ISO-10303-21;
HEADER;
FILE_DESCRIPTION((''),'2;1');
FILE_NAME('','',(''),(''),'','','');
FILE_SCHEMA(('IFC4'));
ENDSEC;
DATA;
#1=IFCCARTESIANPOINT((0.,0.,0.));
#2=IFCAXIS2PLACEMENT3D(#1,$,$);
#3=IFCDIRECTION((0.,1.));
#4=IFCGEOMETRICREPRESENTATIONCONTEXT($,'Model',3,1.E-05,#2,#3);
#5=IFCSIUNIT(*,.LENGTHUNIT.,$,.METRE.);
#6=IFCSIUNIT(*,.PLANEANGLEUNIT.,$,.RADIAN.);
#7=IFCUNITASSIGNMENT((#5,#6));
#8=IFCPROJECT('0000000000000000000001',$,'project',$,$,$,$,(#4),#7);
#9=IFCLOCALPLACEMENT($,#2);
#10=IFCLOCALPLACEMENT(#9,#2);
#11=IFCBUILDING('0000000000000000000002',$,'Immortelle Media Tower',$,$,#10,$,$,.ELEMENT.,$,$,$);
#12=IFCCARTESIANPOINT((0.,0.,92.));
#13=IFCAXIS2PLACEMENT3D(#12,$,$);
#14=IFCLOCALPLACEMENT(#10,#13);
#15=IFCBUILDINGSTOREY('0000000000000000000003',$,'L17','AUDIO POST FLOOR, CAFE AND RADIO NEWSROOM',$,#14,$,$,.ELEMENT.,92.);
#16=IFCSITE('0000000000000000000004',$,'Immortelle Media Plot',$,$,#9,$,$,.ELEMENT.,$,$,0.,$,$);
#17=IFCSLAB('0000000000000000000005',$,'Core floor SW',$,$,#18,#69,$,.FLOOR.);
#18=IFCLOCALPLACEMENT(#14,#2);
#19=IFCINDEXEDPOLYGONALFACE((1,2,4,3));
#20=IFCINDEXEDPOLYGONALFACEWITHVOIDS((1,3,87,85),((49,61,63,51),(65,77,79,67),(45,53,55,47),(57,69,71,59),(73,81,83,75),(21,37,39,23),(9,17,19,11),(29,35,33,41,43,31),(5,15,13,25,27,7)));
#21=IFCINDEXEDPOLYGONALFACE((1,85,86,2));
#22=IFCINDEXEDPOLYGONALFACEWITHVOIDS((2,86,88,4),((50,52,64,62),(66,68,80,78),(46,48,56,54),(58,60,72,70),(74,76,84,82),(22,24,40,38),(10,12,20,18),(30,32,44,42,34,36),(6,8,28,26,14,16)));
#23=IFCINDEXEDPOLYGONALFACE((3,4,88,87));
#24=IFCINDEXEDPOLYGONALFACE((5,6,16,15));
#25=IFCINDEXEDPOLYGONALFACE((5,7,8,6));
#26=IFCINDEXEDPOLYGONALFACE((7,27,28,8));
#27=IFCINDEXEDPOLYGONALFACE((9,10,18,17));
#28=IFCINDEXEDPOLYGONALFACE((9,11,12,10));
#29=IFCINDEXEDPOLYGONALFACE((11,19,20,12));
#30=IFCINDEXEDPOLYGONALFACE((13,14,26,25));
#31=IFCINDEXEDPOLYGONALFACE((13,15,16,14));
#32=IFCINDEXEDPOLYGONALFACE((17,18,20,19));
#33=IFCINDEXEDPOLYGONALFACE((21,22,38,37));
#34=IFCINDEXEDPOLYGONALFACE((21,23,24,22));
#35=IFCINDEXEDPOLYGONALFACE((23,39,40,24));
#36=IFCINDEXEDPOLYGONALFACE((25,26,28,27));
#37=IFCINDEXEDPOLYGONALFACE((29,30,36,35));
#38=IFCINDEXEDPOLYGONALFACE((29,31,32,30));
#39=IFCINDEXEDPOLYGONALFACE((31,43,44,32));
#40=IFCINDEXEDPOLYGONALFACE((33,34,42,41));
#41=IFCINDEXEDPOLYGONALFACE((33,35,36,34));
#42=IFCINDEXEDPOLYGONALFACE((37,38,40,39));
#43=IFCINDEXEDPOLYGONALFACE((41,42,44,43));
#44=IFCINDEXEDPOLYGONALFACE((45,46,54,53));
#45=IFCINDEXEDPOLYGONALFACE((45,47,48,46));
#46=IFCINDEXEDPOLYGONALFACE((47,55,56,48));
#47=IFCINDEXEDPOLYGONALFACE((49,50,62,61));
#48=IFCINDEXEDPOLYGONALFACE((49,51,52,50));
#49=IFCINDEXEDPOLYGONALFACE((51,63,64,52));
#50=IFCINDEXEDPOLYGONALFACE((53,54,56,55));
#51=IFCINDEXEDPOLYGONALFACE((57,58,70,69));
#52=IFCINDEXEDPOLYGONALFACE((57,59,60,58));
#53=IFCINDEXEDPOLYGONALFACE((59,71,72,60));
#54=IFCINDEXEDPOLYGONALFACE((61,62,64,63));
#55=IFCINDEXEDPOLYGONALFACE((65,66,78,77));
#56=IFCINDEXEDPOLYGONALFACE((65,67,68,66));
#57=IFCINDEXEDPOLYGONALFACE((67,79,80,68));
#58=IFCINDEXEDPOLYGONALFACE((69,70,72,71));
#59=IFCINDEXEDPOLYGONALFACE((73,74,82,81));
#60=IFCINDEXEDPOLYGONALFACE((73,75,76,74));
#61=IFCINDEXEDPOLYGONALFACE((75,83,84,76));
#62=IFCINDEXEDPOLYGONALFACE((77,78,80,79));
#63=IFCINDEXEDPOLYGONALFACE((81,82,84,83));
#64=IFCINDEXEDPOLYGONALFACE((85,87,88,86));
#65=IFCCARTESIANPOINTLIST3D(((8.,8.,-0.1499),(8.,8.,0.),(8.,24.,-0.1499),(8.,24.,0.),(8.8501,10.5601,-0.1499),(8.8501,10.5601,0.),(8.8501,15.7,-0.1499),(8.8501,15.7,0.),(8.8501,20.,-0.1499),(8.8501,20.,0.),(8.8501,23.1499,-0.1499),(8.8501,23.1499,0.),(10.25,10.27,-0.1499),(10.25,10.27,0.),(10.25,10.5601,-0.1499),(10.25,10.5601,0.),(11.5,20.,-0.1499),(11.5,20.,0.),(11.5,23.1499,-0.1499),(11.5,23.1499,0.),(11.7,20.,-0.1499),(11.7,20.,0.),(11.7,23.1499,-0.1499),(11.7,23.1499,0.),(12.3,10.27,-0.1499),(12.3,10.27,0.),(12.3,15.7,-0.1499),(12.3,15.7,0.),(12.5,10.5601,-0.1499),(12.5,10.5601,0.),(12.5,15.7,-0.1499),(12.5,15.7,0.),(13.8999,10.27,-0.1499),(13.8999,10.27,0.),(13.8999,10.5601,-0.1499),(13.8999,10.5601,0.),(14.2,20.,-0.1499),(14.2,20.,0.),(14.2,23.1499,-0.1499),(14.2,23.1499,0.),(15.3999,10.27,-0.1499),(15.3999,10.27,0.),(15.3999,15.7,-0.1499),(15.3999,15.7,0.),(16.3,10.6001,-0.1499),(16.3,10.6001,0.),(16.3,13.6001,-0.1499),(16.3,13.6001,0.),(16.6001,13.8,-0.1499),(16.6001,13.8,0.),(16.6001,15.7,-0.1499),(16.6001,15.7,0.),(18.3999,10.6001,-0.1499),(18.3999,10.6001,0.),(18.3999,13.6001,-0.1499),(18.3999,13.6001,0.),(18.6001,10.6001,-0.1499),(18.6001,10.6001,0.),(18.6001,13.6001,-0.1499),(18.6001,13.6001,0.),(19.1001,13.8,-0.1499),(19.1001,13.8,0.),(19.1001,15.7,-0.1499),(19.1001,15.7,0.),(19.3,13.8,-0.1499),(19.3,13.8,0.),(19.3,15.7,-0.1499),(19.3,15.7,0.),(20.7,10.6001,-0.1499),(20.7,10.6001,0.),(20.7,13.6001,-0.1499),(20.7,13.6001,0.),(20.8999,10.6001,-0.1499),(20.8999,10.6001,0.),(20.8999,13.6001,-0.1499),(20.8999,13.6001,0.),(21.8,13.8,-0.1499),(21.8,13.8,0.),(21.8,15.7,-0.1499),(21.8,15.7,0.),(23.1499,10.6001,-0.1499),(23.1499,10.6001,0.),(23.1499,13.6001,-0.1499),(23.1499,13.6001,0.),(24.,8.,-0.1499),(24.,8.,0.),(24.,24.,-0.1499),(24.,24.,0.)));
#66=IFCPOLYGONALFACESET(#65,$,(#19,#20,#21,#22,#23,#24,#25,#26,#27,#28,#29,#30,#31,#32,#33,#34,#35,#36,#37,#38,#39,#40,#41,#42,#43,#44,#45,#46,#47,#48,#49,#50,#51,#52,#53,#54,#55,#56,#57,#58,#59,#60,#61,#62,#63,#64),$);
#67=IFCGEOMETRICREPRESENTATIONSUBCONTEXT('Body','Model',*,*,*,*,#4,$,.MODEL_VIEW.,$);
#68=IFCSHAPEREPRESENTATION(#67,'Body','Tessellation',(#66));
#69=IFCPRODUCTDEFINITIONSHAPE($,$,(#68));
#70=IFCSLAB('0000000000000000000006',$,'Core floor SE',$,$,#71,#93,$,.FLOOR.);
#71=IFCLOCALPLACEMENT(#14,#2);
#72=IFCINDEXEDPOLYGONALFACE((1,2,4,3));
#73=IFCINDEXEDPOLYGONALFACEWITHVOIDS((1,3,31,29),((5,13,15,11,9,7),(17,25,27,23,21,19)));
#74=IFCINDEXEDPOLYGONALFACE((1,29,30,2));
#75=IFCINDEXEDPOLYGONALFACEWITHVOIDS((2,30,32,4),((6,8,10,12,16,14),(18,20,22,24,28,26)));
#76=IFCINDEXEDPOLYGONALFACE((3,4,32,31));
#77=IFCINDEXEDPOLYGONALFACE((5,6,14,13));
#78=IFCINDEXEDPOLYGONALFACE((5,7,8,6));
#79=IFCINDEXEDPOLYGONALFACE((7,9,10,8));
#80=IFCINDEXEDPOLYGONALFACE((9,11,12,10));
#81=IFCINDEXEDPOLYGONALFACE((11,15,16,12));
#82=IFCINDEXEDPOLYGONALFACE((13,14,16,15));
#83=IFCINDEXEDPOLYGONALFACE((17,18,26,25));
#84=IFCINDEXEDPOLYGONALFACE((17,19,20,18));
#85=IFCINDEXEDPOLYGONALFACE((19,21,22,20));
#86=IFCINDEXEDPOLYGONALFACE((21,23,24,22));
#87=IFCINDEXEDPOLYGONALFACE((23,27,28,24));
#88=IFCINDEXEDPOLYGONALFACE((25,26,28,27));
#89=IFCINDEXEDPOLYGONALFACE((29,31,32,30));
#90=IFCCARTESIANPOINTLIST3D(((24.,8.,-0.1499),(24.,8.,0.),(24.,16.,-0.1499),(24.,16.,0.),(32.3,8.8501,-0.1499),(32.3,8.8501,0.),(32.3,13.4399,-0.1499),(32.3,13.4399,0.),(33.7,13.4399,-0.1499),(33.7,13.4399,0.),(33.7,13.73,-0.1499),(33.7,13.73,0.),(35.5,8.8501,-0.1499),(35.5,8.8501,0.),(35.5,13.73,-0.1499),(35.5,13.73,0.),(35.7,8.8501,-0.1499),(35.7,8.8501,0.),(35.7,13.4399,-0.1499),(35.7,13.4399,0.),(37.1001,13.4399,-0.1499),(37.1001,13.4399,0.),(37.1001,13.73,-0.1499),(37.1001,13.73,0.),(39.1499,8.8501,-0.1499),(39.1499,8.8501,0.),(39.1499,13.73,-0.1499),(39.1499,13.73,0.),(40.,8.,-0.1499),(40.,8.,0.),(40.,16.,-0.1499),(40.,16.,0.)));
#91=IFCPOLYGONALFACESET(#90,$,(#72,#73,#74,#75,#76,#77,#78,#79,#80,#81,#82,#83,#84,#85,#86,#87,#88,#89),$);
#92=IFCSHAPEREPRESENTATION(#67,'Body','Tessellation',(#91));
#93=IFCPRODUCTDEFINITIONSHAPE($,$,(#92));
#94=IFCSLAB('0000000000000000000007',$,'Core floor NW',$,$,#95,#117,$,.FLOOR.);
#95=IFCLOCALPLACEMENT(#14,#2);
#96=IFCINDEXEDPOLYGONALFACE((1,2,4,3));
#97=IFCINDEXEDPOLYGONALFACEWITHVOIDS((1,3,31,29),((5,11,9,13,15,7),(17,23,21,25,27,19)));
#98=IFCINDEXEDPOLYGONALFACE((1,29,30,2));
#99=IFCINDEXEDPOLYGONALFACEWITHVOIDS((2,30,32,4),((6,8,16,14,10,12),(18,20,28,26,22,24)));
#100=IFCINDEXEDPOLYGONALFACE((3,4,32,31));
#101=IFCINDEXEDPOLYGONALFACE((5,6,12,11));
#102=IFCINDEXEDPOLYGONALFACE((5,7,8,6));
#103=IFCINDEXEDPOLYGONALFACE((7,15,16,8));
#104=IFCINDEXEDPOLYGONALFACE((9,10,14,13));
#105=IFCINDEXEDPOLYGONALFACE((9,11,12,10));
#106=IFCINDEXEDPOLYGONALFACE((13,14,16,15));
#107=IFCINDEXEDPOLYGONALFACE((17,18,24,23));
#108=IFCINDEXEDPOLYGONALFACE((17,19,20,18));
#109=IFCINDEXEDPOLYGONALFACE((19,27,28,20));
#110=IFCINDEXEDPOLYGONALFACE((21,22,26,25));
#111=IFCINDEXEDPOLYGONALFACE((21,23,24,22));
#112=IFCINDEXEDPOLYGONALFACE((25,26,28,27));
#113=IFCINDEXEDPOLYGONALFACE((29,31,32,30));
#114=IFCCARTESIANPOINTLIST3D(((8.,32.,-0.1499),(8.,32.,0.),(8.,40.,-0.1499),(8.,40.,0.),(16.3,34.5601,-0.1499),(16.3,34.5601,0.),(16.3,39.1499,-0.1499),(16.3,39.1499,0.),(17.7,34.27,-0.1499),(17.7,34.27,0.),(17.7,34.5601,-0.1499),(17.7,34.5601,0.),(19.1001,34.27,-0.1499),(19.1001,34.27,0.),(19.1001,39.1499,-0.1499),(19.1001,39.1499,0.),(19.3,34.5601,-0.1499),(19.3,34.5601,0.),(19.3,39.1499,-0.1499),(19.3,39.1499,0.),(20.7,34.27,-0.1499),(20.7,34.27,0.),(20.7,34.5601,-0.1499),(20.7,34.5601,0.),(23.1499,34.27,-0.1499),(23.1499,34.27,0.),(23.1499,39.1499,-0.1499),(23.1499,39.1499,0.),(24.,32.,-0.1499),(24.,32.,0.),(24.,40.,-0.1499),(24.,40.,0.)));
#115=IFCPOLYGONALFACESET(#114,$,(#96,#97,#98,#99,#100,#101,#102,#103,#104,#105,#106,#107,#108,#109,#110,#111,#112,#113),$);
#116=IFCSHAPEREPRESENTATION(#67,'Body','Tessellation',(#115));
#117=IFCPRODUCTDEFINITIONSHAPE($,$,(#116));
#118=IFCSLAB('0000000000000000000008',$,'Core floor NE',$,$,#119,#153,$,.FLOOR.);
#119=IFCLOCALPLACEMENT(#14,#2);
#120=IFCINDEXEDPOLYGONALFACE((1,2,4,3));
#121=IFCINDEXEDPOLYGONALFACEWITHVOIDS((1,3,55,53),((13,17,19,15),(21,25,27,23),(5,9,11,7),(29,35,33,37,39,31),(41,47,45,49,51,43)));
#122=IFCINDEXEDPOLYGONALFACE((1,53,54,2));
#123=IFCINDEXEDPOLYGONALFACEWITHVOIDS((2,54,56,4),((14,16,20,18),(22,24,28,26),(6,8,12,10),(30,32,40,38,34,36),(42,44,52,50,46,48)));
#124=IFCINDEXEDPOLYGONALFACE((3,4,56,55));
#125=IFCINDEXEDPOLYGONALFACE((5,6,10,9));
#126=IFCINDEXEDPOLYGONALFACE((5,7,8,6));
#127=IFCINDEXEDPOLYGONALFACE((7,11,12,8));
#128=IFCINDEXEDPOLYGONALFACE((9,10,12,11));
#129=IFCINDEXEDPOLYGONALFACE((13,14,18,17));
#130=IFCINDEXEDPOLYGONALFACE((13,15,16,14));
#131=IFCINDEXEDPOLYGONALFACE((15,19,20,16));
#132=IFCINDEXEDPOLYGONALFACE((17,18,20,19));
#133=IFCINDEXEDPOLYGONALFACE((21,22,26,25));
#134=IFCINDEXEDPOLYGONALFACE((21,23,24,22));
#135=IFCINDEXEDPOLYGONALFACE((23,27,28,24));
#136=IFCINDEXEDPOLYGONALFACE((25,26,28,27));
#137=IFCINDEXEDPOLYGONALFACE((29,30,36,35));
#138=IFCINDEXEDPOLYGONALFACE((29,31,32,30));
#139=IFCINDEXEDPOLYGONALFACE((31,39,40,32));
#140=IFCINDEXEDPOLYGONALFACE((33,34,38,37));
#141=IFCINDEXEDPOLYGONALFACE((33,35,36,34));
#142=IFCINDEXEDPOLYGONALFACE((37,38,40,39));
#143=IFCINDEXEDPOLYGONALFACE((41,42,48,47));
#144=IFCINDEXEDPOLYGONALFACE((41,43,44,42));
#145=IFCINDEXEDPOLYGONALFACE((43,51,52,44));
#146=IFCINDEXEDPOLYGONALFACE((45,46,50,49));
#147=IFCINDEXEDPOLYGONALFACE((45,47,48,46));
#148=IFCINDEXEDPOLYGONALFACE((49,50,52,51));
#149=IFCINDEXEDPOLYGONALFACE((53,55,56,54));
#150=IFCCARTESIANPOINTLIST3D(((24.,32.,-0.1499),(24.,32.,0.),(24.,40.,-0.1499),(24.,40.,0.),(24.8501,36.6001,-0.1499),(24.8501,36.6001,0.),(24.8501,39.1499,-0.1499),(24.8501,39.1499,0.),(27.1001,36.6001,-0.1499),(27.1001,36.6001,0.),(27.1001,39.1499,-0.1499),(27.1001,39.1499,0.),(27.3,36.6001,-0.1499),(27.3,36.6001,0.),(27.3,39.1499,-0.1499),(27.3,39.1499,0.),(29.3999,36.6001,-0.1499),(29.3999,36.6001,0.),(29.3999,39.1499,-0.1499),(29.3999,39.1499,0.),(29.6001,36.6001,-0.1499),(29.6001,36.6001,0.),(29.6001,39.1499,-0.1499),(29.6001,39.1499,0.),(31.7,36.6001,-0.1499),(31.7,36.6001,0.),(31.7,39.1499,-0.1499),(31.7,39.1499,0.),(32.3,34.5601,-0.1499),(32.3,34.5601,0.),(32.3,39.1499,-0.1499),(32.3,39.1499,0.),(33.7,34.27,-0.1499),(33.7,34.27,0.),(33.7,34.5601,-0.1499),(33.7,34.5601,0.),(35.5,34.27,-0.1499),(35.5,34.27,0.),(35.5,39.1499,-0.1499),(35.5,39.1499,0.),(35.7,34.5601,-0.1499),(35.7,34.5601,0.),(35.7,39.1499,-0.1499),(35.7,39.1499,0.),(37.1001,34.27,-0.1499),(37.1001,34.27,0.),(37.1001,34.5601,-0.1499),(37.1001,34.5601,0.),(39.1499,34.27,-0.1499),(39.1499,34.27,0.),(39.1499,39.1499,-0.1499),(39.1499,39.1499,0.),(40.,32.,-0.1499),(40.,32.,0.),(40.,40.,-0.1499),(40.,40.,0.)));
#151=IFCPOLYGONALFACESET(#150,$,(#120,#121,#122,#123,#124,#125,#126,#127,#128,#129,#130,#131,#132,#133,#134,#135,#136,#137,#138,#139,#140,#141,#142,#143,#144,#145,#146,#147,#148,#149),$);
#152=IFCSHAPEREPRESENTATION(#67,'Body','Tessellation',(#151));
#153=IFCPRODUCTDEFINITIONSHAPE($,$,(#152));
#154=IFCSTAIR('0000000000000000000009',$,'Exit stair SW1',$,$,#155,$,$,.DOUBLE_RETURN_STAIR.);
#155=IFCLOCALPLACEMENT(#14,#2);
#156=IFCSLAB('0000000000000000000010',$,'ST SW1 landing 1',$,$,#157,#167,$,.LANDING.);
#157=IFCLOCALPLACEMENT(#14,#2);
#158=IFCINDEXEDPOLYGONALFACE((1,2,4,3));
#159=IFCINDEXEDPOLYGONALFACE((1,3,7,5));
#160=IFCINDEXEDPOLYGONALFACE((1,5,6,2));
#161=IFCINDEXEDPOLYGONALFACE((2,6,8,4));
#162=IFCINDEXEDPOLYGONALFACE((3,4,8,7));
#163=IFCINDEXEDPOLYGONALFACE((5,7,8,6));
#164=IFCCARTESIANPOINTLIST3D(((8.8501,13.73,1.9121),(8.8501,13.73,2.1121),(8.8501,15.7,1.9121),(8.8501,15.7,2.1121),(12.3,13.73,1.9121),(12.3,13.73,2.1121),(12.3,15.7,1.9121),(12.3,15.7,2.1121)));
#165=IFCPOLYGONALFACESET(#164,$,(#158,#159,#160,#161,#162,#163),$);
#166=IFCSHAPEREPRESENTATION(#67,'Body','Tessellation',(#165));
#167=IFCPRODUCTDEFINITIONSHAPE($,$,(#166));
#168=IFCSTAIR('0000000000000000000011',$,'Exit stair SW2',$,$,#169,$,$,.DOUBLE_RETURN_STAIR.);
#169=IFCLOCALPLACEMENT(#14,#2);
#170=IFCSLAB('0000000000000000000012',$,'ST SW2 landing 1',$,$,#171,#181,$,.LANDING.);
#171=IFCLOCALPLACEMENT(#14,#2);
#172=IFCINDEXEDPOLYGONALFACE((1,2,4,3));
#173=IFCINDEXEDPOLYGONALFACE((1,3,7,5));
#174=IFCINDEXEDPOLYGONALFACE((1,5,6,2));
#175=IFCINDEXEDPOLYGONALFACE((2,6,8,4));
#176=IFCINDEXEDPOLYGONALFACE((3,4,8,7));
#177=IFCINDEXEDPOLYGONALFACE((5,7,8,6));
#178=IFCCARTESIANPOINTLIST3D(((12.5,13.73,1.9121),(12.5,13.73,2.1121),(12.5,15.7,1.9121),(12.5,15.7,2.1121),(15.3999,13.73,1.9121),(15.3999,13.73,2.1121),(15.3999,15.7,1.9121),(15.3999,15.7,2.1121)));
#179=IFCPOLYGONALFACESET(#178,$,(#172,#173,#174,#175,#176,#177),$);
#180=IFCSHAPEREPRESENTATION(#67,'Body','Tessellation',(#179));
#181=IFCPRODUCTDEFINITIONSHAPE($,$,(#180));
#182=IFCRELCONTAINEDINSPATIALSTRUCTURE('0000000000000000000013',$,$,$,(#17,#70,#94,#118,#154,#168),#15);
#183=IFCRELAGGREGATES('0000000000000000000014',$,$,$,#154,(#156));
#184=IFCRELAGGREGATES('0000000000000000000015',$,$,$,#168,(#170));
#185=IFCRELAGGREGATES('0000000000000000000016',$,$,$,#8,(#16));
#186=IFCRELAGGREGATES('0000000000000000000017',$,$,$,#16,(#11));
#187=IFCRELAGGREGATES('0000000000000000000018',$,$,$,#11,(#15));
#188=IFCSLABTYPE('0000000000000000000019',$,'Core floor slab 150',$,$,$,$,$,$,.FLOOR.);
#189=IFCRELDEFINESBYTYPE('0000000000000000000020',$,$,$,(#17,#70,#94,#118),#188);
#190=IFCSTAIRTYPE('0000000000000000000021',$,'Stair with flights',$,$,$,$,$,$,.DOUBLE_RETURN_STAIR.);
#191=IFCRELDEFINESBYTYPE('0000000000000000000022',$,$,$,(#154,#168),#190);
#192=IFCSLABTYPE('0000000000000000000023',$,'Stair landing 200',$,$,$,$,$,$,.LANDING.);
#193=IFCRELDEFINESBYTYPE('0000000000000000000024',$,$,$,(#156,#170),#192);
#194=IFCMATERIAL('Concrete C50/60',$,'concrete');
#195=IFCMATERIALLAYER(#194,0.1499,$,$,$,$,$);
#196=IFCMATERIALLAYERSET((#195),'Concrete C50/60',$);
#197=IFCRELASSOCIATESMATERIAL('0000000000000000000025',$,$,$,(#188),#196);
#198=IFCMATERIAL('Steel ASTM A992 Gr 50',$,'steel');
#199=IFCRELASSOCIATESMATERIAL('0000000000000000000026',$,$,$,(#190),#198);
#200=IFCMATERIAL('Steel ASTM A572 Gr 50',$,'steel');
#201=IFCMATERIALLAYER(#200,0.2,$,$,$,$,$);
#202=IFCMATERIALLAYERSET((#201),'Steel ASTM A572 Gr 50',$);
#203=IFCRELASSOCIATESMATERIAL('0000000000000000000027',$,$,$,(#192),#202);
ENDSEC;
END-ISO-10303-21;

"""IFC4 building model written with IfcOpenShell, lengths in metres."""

from ifc_helpers import new_model, si_unit, direction, frame, origin, place, context, subcontext, project, spatial, polyline, outline, extrude, material, layer, layer_set, type_object, element, aggregate, save


model = new_model("IFC4")

# Units and contexts
model_context = context("Model", 3, precision=1e-05, world=origin(), true_north=direction((0.0, 1.0)))
body_context = subcontext(model_context, "Body", "Model", "MODEL_VIEW")
ifc_project = project(units=[si_unit("LENGTHUNIT", "METRE"), si_unit("PLANEANGLEUNIT", "RADIAN")], contexts=[model_context])

# Site, building, storey
site_placement = place(None, origin())
site = spatial("IfcSite", under=ifc_project, at=site_placement, Name="Immortelle Media Plot", CompositionType="ELEMENT", RefElevation=0.0)
building_placement = place(site_placement, origin())
building = spatial("IfcBuilding", under=site, at=building_placement, Name="Immortelle Media Tower", CompositionType="ELEMENT")
storey_placement = place(building_placement, frame((0.0, 0.0, 92.0)))
storey = spatial("IfcBuildingStorey", under=building, at=storey_placement, Name="L17", Description="AUDIO POST FLOOR, CAFE AND RADIO NEWSROOM", CompositionType="ELEMENT", Elevation=92.0)

# Slabs
ifc_material_1 = material(Name="Concrete C50/60", Category="concrete")
ifc_layer_1 = layer(ifc_material_1, 0.1499)
ifc_layer_set_1 = layer_set([ifc_layer_1], Name="Concrete C50/60")
slab_type_1 = type_object("IfcSlabType", Name="Core floor slab 150", PredefinedType="FLOOR", material=ifc_layer_set_1)
slab_1_placement = place(storey_placement, frame((0.0, 0.0, -0.1499)))
element("IfcSlab", 1, at=slab_1_placement, inside=storey, type_object=slab_type_1, Name="Core floor SW", PredefinedType="FLOOR", context=body_context, shape_type="SweptSolid", body=[
    extrude(outline(polyline([(8.0, 8.0), (24.0, 8.0), (24.0, 24.0), (8.0, 24.0), (8.0, 8.0)]), holes=[polyline([(8.8501, 20.0), (11.5, 20.0), (11.5, 23.1499), (8.8501, 23.1499), (8.8501, 20.0)]), polyline([(11.7, 20.0), (14.2, 20.0), (14.2, 23.1499), (11.7, 23.1499), (11.7, 20.0)]), polyline([(16.6001, 13.8), (19.1001, 13.8), (19.1001, 15.7), (16.6001, 15.7), (16.6001, 13.8)]), polyline([(19.3, 13.8), (21.8, 13.8), (21.8, 15.7), (19.3, 15.7), (19.3, 13.8)]), polyline([(16.3, 10.6001), (18.3999, 10.6001), (18.3999, 13.6001), (16.3, 13.6001), (16.3, 10.6001)]), polyline([(18.6001, 10.6001), (20.7, 10.6001), (20.7, 13.6001), (18.6001, 13.6001), (18.6001, 10.6001)]), polyline([(20.8999, 10.6001), (23.1499, 10.6001), (23.1499, 13.6001), (20.8999, 13.6001), (20.8999, 10.6001)]), polyline([(8.8501, 15.7), (12.3, 15.7), (12.3, 10.27), (10.25, 10.27), (10.25, 10.5601), (8.8501, 10.5601), (8.8501, 15.7)]), polyline([(12.5, 15.7), (15.3999, 15.7), (15.3999, 10.27), (13.8999, 10.27), (13.8999, 10.5601), (12.5, 10.5601), (12.5, 15.7)])]), origin(), (0.0, 0.0, 1.0), 0.1499),
])
slab_2_placement = place(storey_placement, frame((0.0, 0.0, -0.1499)))
element("IfcSlab", 2, at=slab_2_placement, inside=storey, type_object=slab_type_1, Name="Core floor SE", PredefinedType="FLOOR", context=body_context, shape_type="SweptSolid", body=[
    extrude(outline(polyline([(24.0, 8.0), (40.0, 8.0), (40.0, 16.0), (24.0, 16.0), (24.0, 8.0)]), holes=[polyline([(35.5, 13.73), (35.5, 8.8501), (32.3, 8.8501), (32.3, 13.4399), (33.7, 13.4399), (33.7, 13.73), (35.5, 13.73)]), polyline([(39.1499, 13.73), (39.1499, 8.8501), (35.7, 8.8501), (35.7, 13.4399), (37.1001, 13.4399), (37.1001, 13.73), (39.1499, 13.73)])]), origin(), (0.0, 0.0, 1.0), 0.1499),
])
slab_3_placement = place(storey_placement, frame((0.0, 0.0, -0.1499)))
element("IfcSlab", 3, at=slab_3_placement, inside=storey, type_object=slab_type_1, Name="Core floor NW", PredefinedType="FLOOR", context=body_context, shape_type="SweptSolid", body=[
    extrude(outline(polyline([(8.0, 32.0), (24.0, 32.0), (24.0, 40.0), (8.0, 40.0), (8.0, 32.0)]), holes=[polyline([(16.3, 39.1499), (19.1001, 39.1499), (19.1001, 34.27), (17.7, 34.27), (17.7, 34.5601), (16.3, 34.5601), (16.3, 39.1499)]), polyline([(19.3, 39.1499), (23.1499, 39.1499), (23.1499, 34.27), (20.7, 34.27), (20.7, 34.5601), (19.3, 34.5601), (19.3, 39.1499)])]), origin(), (0.0, 0.0, 1.0), 0.1499),
])
slab_4_placement = place(storey_placement, frame((0.0, 0.0, -0.1499)))
element("IfcSlab", 4, at=slab_4_placement, inside=storey, type_object=slab_type_1, Name="Core floor NE", PredefinedType="FLOOR", context=body_context, shape_type="SweptSolid", body=[
    extrude(outline(polyline([(24.0, 32.0), (40.0, 32.0), (40.0, 40.0), (24.0, 40.0), (24.0, 32.0)]), holes=[polyline([(24.8501, 36.6001), (27.1001, 36.6001), (27.1001, 39.1499), (24.8501, 39.1499), (24.8501, 36.6001)]), polyline([(27.3, 36.6001), (29.3999, 36.6001), (29.3999, 39.1499), (27.3, 39.1499), (27.3, 36.6001)]), polyline([(29.6001, 36.6001), (31.7, 36.6001), (31.7, 39.1499), (29.6001, 39.1499), (29.6001, 36.6001)]), polyline([(32.3, 39.1499), (35.5, 39.1499), (35.5, 34.27), (33.7, 34.27), (33.7, 34.5601), (32.3, 34.5601), (32.3, 39.1499)]), polyline([(35.7, 39.1499), (39.1499, 39.1499), (39.1499, 34.27), (37.1001, 34.27), (37.1001, 34.5601), (35.7, 34.5601), (35.7, 39.1499)])]), origin(), (0.0, 0.0, 1.0), 0.1499),
])

# Stairs, slabs
ifc_material_2 = material(Name="Steel ASTM A992 Gr 50", Category="steel")
stair_type = type_object("IfcStairType", Name="Stair with flights", PredefinedType="DOUBLE_RETURN_STAIR", material=ifc_material_2)
stair_1_placement = place(storey_placement, origin())
stair_1 = element("IfcStair", 5, at=stair_1_placement, inside=storey, type_object=stair_type, Name="Exit stair SW1", PredefinedType="DOUBLE_RETURN_STAIR")
ifc_material_3 = material(Name="Steel ASTM A572 Gr 50", Category="steel")
ifc_layer_2 = layer(ifc_material_3, 0.2)
ifc_layer_set_2 = layer_set([ifc_layer_2], Name="Steel ASTM A572 Gr 50")
slab_type_2 = type_object("IfcSlabType", Name="Stair landing 200", PredefinedType="LANDING", material=ifc_layer_set_2)
slab_5_placement = place(storey_placement, frame((0.0, 0.0, 1.9121)))
slab_5 = element("IfcSlab", 6, at=slab_5_placement, type_object=slab_type_2, Name="ST SW1 landing 1", PredefinedType="LANDING", context=body_context, shape_type="SweptSolid", body=[
    extrude(outline(polyline([(8.8501, 13.73), (12.3, 13.73), (12.3, 15.7), (8.8501, 15.7), (8.8501, 13.73)])), origin(), (0.0, 0.0, 1.0), 0.2),
])
aggregate(stair_1, [slab_5])
stair_2_placement = place(storey_placement, origin())
stair_2 = element("IfcStair", 7, at=stair_2_placement, inside=storey, type_object=stair_type, Name="Exit stair SW2", PredefinedType="DOUBLE_RETURN_STAIR")
slab_6_placement = place(storey_placement, frame((0.0, 0.0, 1.9121)))
slab_6 = element("IfcSlab", 8, at=slab_6_placement, type_object=slab_type_2, Name="ST SW2 landing 1", PredefinedType="LANDING", context=body_context, shape_type="SweptSolid", body=[
    extrude(outline(polyline([(12.5, 13.73), (15.3999, 13.73), (15.3999, 15.7), (12.5, 15.7), (12.5, 13.73)])), origin(), (0.0, 0.0, 1.0), 0.2),
])
aggregate(stair_2, [slab_6])

save(model, "model.ifc")
